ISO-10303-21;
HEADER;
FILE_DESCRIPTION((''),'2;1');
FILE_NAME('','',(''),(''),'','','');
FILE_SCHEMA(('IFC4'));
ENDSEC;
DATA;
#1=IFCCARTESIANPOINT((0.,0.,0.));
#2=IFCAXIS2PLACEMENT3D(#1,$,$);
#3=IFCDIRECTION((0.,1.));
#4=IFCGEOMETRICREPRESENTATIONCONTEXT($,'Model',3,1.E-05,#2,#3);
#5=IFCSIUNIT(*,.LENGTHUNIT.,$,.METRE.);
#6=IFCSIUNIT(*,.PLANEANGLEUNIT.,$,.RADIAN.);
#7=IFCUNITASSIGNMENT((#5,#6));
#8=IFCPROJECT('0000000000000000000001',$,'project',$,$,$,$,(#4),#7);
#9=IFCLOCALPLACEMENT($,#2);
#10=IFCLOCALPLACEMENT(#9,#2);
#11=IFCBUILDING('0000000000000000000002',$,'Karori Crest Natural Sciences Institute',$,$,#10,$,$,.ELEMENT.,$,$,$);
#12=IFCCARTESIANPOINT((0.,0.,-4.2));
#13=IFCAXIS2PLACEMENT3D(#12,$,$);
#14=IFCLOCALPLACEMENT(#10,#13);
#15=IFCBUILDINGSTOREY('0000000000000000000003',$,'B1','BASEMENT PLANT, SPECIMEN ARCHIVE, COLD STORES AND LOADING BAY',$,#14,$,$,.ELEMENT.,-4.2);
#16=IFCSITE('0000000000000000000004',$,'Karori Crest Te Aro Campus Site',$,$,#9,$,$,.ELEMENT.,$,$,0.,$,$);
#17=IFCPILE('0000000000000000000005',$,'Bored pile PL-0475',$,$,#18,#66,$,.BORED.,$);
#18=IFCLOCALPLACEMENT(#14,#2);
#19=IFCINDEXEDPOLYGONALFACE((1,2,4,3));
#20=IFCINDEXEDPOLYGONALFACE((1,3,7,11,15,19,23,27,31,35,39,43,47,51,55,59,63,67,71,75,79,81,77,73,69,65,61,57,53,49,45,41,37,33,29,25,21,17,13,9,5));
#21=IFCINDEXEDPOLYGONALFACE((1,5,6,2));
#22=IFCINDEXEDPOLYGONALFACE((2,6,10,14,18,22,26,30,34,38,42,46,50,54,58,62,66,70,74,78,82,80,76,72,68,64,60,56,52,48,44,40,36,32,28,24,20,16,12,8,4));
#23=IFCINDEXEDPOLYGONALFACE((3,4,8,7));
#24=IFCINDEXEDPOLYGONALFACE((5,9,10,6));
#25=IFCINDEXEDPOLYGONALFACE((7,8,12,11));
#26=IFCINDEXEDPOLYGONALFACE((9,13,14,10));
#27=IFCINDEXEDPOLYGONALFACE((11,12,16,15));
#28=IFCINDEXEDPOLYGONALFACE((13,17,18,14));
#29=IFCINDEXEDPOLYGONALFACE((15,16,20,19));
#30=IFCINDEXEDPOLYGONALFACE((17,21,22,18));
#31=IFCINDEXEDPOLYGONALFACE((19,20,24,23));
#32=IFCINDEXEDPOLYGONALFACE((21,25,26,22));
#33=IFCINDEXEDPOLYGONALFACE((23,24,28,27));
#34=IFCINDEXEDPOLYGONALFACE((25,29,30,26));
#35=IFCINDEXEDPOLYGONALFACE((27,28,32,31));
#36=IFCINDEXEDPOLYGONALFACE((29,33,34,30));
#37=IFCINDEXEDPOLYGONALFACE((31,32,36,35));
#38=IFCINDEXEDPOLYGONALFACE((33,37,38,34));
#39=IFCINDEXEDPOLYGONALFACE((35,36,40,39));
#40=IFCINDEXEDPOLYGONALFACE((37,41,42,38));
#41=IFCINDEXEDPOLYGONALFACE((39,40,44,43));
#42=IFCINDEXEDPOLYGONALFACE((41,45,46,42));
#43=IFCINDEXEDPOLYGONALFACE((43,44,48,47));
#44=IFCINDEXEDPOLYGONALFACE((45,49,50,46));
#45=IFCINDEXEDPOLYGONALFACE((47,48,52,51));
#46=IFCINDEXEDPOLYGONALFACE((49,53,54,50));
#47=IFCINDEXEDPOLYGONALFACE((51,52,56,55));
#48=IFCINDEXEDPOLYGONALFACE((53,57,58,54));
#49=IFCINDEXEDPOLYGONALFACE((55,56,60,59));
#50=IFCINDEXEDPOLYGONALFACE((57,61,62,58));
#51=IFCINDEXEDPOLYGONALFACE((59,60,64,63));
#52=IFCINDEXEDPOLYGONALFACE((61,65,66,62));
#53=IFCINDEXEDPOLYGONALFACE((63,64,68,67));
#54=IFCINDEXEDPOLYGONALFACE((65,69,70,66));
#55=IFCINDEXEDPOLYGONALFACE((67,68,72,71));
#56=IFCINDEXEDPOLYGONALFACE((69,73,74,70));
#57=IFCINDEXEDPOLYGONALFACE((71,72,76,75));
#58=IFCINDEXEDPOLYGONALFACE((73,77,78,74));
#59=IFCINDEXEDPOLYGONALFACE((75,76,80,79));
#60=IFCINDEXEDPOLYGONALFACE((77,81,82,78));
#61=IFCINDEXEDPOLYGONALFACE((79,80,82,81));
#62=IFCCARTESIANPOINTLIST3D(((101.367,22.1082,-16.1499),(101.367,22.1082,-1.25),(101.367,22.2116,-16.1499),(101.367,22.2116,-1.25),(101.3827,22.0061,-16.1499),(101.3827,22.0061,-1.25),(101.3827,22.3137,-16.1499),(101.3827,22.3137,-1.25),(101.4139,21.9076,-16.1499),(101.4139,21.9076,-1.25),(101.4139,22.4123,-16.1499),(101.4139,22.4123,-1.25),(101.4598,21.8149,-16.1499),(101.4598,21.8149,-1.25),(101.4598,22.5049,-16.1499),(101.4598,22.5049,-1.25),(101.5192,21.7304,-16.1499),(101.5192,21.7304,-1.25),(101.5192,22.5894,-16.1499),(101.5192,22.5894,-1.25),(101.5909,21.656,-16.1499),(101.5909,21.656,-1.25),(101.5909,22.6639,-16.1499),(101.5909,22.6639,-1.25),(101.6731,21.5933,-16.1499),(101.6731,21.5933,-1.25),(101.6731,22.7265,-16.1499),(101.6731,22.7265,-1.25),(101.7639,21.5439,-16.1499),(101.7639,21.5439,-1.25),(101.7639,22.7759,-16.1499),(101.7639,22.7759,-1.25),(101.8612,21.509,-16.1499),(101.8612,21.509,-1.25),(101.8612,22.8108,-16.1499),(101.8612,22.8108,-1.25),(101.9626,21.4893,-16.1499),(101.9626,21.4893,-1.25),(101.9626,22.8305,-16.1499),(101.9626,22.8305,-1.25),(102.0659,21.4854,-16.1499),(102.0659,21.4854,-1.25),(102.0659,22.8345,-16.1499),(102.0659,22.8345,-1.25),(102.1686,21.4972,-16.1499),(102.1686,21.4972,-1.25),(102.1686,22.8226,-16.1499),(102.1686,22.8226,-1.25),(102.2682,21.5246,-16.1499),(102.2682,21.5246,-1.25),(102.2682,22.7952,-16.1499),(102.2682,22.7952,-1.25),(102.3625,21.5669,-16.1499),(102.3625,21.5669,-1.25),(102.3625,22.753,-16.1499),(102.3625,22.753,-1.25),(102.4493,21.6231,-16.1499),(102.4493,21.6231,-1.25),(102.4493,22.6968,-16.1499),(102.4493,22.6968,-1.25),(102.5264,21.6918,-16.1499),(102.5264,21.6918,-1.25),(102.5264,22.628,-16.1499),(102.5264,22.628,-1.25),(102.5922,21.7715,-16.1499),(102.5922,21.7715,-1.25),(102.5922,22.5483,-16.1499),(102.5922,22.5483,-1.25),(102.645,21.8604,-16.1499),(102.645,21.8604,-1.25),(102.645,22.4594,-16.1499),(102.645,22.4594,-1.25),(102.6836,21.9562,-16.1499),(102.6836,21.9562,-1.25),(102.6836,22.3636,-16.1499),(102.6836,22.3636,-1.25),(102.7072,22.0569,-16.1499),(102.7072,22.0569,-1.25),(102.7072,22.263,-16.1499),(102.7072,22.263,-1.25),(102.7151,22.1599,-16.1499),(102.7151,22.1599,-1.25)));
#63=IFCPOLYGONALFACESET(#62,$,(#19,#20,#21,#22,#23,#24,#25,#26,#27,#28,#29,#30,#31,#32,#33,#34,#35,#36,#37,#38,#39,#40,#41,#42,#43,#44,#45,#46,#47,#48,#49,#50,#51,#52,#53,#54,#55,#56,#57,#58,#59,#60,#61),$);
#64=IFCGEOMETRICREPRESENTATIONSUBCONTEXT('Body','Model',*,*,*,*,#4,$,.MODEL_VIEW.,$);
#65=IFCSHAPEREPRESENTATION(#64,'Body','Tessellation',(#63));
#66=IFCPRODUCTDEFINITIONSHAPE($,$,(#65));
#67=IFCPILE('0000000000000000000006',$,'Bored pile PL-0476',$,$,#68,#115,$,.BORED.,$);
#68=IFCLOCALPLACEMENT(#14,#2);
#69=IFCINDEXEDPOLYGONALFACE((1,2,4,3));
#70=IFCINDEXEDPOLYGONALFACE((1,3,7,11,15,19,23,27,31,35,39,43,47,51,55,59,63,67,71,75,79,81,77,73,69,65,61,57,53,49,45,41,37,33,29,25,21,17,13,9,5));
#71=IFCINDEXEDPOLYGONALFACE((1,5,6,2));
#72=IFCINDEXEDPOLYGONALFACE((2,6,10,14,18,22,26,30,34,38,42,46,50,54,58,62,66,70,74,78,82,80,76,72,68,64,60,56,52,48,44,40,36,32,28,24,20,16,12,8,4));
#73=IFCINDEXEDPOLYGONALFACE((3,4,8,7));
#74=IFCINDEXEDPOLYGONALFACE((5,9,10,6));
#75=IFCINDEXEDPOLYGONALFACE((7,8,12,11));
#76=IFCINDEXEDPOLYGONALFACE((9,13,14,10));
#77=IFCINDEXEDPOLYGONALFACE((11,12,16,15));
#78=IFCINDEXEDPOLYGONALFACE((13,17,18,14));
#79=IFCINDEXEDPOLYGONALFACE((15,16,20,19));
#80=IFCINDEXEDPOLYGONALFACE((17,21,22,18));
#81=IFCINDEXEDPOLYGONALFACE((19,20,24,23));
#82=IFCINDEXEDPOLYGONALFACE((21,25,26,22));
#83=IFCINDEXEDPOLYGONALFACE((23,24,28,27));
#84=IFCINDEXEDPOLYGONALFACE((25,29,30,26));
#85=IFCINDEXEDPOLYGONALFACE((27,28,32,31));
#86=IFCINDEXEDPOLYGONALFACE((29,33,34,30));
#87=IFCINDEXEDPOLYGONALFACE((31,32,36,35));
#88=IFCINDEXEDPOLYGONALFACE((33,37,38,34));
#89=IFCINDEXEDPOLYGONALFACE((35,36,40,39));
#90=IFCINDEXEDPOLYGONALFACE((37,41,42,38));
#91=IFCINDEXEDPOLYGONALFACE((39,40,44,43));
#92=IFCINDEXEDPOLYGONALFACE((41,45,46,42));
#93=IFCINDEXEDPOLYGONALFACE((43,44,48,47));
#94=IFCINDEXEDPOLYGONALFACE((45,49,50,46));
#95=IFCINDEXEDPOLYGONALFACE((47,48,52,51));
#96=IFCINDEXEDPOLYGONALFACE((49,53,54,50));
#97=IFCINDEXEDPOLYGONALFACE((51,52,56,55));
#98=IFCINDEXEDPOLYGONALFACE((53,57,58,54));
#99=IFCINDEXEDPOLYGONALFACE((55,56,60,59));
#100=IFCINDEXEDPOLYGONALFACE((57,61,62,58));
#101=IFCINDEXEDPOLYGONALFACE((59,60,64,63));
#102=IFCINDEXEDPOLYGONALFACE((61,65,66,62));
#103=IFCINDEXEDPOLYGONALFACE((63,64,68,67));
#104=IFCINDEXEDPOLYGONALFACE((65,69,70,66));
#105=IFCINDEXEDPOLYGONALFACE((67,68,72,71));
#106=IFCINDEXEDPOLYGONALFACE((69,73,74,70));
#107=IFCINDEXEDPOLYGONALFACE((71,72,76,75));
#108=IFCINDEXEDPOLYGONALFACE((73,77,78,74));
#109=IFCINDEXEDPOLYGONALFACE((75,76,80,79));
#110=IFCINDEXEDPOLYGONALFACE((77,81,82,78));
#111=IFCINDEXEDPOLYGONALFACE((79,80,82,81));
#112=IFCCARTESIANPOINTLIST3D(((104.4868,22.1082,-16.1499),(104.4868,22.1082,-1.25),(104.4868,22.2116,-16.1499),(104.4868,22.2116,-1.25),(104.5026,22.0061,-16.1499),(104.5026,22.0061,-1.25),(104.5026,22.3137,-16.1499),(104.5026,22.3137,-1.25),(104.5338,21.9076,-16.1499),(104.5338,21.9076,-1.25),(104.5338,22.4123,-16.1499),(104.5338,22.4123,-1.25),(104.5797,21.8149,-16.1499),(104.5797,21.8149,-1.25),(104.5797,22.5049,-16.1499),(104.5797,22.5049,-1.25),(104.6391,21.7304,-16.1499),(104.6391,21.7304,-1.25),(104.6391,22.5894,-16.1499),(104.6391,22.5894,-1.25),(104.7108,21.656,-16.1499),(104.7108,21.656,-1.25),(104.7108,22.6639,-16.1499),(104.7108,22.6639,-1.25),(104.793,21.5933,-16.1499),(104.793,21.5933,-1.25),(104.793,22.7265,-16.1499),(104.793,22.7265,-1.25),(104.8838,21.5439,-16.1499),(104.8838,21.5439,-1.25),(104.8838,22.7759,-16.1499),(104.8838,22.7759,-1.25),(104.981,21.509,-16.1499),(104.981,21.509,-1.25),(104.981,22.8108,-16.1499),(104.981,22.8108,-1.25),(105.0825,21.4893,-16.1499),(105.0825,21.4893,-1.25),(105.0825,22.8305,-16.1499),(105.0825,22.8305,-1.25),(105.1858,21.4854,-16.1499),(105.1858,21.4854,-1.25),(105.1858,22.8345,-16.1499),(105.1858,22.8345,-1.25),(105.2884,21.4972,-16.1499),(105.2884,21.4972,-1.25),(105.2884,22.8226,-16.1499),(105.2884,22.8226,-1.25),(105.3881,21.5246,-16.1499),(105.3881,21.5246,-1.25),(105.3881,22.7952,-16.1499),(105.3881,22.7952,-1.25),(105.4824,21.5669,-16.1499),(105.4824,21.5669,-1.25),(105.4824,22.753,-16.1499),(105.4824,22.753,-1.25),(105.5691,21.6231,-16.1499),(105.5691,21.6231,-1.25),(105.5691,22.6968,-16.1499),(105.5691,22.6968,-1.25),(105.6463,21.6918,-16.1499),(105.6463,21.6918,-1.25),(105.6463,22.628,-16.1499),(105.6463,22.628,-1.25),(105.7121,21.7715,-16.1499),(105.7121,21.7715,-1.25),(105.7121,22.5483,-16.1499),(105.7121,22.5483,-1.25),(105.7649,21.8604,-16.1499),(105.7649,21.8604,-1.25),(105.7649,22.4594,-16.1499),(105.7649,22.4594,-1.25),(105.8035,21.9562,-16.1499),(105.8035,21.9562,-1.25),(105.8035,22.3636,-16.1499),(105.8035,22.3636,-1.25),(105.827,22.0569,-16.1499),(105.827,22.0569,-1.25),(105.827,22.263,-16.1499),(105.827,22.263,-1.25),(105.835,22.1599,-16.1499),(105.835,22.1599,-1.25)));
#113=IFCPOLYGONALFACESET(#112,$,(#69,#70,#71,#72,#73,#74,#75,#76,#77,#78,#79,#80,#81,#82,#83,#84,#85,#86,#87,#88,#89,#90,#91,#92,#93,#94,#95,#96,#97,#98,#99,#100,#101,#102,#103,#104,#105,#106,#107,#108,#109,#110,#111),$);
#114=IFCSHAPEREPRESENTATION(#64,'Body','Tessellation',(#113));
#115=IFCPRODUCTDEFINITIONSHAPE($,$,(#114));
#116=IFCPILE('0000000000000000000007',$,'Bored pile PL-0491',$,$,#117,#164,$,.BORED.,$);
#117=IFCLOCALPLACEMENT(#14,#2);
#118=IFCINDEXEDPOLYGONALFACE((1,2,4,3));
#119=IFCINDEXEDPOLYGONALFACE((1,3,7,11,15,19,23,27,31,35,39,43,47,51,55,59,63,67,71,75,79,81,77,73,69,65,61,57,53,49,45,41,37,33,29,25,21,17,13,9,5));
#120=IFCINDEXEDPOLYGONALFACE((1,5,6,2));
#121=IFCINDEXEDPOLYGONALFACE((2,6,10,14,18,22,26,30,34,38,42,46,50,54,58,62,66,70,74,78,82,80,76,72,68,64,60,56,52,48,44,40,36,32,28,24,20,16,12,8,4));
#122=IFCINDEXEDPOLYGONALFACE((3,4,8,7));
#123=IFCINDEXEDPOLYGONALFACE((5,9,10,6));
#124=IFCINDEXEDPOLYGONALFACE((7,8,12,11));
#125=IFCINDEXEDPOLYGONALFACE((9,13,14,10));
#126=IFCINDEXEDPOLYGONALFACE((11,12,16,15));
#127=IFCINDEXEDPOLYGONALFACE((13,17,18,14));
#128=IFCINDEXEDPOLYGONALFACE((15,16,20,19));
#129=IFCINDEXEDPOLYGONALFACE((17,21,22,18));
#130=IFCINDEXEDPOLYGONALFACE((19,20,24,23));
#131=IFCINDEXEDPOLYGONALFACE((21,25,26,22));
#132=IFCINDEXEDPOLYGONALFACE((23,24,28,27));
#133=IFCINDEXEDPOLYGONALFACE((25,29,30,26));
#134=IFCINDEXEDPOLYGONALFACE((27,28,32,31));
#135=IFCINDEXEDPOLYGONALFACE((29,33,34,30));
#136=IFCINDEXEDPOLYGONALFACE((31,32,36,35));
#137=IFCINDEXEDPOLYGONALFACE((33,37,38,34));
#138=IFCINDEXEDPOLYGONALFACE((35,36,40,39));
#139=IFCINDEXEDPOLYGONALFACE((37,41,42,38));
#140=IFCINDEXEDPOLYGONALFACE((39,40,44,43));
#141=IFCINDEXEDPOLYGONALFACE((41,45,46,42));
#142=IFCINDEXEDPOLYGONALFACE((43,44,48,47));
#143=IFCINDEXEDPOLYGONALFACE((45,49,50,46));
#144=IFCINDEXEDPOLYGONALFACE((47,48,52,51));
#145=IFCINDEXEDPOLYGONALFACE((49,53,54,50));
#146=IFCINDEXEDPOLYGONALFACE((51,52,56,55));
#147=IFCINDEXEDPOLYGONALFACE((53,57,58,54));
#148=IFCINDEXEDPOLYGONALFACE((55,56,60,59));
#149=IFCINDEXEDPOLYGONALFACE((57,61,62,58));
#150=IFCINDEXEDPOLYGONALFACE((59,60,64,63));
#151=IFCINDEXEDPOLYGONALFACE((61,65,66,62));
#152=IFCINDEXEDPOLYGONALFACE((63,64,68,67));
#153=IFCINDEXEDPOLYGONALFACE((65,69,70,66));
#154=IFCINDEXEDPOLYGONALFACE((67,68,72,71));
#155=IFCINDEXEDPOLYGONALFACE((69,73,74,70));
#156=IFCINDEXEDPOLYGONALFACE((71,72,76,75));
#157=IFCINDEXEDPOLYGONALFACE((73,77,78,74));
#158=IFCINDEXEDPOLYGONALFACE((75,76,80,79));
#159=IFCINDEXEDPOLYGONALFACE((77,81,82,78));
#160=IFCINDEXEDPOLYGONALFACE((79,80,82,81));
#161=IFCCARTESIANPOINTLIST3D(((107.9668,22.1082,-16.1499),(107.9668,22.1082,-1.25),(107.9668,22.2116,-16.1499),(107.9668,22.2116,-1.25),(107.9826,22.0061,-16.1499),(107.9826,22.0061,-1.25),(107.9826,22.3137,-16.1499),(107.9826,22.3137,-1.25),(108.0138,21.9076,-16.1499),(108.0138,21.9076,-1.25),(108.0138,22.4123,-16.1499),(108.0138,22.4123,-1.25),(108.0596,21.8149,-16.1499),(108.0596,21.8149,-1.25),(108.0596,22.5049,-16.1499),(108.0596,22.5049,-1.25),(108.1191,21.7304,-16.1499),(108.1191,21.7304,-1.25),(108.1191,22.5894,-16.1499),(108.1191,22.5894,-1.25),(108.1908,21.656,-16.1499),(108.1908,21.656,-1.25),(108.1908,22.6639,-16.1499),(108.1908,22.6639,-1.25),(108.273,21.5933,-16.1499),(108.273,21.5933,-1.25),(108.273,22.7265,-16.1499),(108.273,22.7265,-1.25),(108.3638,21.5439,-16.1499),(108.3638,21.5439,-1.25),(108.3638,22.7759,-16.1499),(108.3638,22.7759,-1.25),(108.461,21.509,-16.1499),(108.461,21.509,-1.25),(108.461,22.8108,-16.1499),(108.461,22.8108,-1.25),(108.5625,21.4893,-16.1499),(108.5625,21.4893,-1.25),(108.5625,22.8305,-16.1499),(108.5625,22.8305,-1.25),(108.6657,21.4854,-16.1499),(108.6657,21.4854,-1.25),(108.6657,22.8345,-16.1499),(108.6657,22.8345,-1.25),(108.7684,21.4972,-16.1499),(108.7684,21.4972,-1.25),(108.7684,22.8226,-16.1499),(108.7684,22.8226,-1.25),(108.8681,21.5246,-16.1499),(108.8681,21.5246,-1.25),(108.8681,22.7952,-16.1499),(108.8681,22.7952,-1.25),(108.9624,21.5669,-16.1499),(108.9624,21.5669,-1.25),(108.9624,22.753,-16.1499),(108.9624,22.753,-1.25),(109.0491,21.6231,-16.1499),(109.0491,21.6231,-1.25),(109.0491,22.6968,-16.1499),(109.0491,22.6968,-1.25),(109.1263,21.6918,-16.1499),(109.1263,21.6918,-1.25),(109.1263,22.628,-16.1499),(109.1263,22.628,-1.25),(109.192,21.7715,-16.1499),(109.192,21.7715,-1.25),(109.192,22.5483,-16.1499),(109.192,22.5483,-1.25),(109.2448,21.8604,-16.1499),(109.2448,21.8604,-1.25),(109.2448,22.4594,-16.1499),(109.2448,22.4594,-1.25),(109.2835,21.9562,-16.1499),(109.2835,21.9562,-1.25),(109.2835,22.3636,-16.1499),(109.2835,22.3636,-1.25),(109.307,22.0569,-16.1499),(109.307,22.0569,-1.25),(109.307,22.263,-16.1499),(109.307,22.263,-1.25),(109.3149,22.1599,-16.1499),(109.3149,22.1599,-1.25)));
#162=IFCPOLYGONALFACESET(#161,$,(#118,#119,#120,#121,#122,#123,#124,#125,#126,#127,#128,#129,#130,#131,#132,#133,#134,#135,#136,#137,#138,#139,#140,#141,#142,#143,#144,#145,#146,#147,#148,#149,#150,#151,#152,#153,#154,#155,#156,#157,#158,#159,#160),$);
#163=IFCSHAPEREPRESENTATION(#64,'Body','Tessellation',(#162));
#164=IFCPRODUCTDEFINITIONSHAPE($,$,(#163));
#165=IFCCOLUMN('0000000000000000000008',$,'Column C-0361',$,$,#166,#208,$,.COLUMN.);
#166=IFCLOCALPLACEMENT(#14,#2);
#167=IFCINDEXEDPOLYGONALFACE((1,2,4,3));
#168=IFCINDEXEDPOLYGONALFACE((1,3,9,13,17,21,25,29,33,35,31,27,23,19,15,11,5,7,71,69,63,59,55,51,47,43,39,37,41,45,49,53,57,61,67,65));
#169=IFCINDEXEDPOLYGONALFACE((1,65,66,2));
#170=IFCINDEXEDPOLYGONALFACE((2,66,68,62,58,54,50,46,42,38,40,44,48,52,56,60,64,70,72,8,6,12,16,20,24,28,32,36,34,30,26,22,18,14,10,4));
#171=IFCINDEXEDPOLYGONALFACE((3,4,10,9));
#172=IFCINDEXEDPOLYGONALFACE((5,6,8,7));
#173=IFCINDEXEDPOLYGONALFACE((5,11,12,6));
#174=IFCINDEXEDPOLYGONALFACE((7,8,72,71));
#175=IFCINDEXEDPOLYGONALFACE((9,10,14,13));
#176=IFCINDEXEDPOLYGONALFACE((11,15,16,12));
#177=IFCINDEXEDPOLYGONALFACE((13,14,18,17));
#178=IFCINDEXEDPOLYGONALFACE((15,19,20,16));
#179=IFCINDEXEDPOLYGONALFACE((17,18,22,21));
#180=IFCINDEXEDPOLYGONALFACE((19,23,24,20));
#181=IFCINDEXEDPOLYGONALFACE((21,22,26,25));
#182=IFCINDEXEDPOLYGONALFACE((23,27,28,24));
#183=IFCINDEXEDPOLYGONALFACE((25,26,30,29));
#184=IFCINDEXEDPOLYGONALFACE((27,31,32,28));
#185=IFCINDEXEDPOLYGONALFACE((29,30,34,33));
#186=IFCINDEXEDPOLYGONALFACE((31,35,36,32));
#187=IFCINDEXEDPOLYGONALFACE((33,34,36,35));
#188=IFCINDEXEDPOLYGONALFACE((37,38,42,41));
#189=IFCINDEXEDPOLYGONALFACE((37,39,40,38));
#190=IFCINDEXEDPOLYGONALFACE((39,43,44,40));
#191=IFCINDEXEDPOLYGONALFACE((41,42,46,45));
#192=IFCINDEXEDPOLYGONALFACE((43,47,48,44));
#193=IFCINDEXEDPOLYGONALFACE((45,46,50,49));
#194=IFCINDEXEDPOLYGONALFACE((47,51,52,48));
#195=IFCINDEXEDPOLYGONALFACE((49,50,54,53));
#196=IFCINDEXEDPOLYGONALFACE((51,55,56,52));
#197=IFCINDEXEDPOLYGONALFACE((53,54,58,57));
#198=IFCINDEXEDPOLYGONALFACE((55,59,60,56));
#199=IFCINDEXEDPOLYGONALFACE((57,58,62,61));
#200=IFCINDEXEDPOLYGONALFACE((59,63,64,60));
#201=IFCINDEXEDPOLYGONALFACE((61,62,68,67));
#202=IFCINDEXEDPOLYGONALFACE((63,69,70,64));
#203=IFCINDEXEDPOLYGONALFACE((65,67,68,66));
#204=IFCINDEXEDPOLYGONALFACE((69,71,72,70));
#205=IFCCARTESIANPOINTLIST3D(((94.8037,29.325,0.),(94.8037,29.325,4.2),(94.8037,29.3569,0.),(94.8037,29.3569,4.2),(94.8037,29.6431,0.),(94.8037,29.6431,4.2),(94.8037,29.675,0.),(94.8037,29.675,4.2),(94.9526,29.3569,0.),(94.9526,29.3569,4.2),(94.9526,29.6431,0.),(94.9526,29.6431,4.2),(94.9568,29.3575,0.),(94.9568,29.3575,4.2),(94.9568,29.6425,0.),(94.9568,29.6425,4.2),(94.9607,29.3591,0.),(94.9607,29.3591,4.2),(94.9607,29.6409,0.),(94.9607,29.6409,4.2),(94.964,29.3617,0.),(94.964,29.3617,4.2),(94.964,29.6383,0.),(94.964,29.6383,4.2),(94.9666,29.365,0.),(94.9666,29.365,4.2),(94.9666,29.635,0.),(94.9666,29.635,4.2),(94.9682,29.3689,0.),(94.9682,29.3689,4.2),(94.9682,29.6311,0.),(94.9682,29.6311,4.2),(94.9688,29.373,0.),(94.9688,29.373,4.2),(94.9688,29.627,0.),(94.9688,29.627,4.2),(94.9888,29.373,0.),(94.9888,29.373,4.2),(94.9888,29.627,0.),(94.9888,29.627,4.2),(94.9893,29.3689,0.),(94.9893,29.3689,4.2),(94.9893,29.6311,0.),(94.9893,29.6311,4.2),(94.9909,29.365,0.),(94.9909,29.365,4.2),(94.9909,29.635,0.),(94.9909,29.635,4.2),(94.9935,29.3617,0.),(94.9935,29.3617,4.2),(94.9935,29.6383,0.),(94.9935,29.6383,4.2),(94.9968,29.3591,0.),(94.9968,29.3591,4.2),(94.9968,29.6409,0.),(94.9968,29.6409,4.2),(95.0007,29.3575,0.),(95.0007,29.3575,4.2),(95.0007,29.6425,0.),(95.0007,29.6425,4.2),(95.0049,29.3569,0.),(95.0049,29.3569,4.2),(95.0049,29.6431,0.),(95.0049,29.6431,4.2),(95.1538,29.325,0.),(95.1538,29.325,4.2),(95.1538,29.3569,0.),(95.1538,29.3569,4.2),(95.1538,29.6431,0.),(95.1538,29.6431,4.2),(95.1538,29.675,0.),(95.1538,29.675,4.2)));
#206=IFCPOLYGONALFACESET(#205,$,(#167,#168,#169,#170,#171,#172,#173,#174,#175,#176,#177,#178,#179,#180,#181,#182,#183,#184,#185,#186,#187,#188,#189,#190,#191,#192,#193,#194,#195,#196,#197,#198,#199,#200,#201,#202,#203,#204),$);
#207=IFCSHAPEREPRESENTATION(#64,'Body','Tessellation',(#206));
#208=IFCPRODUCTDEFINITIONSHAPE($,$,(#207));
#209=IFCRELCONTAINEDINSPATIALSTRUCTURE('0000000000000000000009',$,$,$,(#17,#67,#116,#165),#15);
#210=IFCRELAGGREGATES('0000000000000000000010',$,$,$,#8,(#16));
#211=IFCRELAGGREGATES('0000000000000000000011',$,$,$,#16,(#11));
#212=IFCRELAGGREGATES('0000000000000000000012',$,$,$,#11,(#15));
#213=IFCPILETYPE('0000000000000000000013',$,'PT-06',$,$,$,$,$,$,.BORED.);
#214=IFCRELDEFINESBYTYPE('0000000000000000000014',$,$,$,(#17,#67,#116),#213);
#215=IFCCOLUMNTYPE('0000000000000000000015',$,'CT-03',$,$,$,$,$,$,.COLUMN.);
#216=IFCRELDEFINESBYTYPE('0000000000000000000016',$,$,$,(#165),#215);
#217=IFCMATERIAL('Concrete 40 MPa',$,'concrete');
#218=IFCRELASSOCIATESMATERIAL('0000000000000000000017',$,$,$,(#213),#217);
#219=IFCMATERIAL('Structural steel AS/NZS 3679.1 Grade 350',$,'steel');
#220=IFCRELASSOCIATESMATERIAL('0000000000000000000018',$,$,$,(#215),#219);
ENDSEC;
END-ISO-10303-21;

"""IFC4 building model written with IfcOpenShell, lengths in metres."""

from ifc_helpers import new_model, si_unit, direction, frame, origin, origin_2d, place, context, subcontext, project, spatial, circle, i_section, extrude, material, material_profile, profile_set, type_object, element, save


model = new_model("IFC4")

# Units and contexts
model_context = context("Model", 3, precision=1e-05, world=origin(), true_north=direction((0.0, 1.0)))
body_context = subcontext(model_context, "Body", "Model", "MODEL_VIEW")
ifc_project = project(units=[si_unit("LENGTHUNIT", "METRE"), si_unit("PLANEANGLEUNIT", "RADIAN")], contexts=[model_context])

# Site, building, storey
site_placement = place(None, origin())
site = spatial("IfcSite", under=ifc_project, at=site_placement, Name="Karori Crest Te Aro Campus Site", CompositionType="ELEMENT", RefElevation=0.0)
building_placement = place(site_placement, origin())
building = spatial("IfcBuilding", under=site, at=building_placement, Name="Karori Crest Natural Sciences Institute", CompositionType="ELEMENT")
storey_placement = place(building_placement, frame((0.0, 0.0, -4.2)))
storey = spatial("IfcBuildingStorey", under=building, at=storey_placement, Name="B1", Description="BASEMENT PLANT, SPECIMEN ARCHIVE, COLD STORES AND LOADING BAY", CompositionType="ELEMENT", Elevation=-4.2)

# Shared definitions
ifc_material_1 = material(Name="Concrete 40 MPa", Category="concrete")

# Piles
ifc_material_profile_1 = material_profile(ifc_material_1, circle(Radius=0.675, at=origin_2d()), Name="PILE1350")
ifc_profile_set_1 = profile_set([ifc_material_profile_1], Name="Concrete 40 MPa")
pile_type_1 = type_object("IfcPileType", Name="PT-06", PredefinedType="BORED", material=ifc_profile_set_1)
for number, where, z_axis, x_axis, name in (
    (1, (102.04, 22.1599, -1.25), (0.0, 0.0, -1.0), (1.0, 0.0, 0.0), "Bored pile PL-0475"),
    (2, (105.1599, 22.1599, -1.25), (0.0, 0.0, -1.0), (1.0, 0.0, 0.0), "Bored pile PL-0476"),
    (3, (108.6399, 22.1599, -1.25), (0.0, 0.0, -1.0), (1.0, 0.0, 0.0), "Bored pile PL-0491"),
):
    element("IfcPile", number, at=place(storey_placement, frame(where, z_axis=z_axis, x_axis=x_axis)), inside=storey, type_object=pile_type_1, Name=name, PredefinedType="BORED", context=body_context, shape_type="SweptSolid", body=[
        extrude(circle(Radius=0.675, at=origin_2d()), origin(), (0.0, 0.0, 1.0), 14.8999),
    ])

# Column
ifc_material_2 = material(Name="Structural steel AS/NZS 3679.1 Grade 350", Category="steel")
ifc_material_profile_2 = material_profile(ifc_material_2, i_section(OverallWidth=0.3501, OverallDepth=0.3501, WebThickness=0.02, FlangeThickness=0.032, FilletRadius=0.0161, at=origin_2d()), Name="350WC280")
ifc_profile_set_2 = profile_set([ifc_material_profile_2], Name="Structural steel AS/NZS 3679.1 Grade 350")
column_type_1 = type_object("IfcColumnType", Name="CT-03", PredefinedType="COLUMN", material=ifc_profile_set_2)
for number, where, z_axis, x_axis, name in (
    (4, (94.9788, 29.5, 0.0), (0.0, 0.0, 1.0), (1.0, 0.0, 0.0), "Column C-0361"),
):
    element("IfcColumn", number, at=place(storey_placement, frame(where, z_axis=z_axis, x_axis=x_axis)), inside=storey, type_object=column_type_1, Name=name, PredefinedType="COLUMN", context=body_context, shape_type="SweptSolid", body=[
        extrude(i_section(OverallWidth=0.3501, OverallDepth=0.3501, WebThickness=0.02, FlangeThickness=0.032, FilletRadius=0.0161, at=origin_2d()), origin(), (0.0, 0.0, 1.0), 4.2),
    ])

save(model, "model.ifc")
